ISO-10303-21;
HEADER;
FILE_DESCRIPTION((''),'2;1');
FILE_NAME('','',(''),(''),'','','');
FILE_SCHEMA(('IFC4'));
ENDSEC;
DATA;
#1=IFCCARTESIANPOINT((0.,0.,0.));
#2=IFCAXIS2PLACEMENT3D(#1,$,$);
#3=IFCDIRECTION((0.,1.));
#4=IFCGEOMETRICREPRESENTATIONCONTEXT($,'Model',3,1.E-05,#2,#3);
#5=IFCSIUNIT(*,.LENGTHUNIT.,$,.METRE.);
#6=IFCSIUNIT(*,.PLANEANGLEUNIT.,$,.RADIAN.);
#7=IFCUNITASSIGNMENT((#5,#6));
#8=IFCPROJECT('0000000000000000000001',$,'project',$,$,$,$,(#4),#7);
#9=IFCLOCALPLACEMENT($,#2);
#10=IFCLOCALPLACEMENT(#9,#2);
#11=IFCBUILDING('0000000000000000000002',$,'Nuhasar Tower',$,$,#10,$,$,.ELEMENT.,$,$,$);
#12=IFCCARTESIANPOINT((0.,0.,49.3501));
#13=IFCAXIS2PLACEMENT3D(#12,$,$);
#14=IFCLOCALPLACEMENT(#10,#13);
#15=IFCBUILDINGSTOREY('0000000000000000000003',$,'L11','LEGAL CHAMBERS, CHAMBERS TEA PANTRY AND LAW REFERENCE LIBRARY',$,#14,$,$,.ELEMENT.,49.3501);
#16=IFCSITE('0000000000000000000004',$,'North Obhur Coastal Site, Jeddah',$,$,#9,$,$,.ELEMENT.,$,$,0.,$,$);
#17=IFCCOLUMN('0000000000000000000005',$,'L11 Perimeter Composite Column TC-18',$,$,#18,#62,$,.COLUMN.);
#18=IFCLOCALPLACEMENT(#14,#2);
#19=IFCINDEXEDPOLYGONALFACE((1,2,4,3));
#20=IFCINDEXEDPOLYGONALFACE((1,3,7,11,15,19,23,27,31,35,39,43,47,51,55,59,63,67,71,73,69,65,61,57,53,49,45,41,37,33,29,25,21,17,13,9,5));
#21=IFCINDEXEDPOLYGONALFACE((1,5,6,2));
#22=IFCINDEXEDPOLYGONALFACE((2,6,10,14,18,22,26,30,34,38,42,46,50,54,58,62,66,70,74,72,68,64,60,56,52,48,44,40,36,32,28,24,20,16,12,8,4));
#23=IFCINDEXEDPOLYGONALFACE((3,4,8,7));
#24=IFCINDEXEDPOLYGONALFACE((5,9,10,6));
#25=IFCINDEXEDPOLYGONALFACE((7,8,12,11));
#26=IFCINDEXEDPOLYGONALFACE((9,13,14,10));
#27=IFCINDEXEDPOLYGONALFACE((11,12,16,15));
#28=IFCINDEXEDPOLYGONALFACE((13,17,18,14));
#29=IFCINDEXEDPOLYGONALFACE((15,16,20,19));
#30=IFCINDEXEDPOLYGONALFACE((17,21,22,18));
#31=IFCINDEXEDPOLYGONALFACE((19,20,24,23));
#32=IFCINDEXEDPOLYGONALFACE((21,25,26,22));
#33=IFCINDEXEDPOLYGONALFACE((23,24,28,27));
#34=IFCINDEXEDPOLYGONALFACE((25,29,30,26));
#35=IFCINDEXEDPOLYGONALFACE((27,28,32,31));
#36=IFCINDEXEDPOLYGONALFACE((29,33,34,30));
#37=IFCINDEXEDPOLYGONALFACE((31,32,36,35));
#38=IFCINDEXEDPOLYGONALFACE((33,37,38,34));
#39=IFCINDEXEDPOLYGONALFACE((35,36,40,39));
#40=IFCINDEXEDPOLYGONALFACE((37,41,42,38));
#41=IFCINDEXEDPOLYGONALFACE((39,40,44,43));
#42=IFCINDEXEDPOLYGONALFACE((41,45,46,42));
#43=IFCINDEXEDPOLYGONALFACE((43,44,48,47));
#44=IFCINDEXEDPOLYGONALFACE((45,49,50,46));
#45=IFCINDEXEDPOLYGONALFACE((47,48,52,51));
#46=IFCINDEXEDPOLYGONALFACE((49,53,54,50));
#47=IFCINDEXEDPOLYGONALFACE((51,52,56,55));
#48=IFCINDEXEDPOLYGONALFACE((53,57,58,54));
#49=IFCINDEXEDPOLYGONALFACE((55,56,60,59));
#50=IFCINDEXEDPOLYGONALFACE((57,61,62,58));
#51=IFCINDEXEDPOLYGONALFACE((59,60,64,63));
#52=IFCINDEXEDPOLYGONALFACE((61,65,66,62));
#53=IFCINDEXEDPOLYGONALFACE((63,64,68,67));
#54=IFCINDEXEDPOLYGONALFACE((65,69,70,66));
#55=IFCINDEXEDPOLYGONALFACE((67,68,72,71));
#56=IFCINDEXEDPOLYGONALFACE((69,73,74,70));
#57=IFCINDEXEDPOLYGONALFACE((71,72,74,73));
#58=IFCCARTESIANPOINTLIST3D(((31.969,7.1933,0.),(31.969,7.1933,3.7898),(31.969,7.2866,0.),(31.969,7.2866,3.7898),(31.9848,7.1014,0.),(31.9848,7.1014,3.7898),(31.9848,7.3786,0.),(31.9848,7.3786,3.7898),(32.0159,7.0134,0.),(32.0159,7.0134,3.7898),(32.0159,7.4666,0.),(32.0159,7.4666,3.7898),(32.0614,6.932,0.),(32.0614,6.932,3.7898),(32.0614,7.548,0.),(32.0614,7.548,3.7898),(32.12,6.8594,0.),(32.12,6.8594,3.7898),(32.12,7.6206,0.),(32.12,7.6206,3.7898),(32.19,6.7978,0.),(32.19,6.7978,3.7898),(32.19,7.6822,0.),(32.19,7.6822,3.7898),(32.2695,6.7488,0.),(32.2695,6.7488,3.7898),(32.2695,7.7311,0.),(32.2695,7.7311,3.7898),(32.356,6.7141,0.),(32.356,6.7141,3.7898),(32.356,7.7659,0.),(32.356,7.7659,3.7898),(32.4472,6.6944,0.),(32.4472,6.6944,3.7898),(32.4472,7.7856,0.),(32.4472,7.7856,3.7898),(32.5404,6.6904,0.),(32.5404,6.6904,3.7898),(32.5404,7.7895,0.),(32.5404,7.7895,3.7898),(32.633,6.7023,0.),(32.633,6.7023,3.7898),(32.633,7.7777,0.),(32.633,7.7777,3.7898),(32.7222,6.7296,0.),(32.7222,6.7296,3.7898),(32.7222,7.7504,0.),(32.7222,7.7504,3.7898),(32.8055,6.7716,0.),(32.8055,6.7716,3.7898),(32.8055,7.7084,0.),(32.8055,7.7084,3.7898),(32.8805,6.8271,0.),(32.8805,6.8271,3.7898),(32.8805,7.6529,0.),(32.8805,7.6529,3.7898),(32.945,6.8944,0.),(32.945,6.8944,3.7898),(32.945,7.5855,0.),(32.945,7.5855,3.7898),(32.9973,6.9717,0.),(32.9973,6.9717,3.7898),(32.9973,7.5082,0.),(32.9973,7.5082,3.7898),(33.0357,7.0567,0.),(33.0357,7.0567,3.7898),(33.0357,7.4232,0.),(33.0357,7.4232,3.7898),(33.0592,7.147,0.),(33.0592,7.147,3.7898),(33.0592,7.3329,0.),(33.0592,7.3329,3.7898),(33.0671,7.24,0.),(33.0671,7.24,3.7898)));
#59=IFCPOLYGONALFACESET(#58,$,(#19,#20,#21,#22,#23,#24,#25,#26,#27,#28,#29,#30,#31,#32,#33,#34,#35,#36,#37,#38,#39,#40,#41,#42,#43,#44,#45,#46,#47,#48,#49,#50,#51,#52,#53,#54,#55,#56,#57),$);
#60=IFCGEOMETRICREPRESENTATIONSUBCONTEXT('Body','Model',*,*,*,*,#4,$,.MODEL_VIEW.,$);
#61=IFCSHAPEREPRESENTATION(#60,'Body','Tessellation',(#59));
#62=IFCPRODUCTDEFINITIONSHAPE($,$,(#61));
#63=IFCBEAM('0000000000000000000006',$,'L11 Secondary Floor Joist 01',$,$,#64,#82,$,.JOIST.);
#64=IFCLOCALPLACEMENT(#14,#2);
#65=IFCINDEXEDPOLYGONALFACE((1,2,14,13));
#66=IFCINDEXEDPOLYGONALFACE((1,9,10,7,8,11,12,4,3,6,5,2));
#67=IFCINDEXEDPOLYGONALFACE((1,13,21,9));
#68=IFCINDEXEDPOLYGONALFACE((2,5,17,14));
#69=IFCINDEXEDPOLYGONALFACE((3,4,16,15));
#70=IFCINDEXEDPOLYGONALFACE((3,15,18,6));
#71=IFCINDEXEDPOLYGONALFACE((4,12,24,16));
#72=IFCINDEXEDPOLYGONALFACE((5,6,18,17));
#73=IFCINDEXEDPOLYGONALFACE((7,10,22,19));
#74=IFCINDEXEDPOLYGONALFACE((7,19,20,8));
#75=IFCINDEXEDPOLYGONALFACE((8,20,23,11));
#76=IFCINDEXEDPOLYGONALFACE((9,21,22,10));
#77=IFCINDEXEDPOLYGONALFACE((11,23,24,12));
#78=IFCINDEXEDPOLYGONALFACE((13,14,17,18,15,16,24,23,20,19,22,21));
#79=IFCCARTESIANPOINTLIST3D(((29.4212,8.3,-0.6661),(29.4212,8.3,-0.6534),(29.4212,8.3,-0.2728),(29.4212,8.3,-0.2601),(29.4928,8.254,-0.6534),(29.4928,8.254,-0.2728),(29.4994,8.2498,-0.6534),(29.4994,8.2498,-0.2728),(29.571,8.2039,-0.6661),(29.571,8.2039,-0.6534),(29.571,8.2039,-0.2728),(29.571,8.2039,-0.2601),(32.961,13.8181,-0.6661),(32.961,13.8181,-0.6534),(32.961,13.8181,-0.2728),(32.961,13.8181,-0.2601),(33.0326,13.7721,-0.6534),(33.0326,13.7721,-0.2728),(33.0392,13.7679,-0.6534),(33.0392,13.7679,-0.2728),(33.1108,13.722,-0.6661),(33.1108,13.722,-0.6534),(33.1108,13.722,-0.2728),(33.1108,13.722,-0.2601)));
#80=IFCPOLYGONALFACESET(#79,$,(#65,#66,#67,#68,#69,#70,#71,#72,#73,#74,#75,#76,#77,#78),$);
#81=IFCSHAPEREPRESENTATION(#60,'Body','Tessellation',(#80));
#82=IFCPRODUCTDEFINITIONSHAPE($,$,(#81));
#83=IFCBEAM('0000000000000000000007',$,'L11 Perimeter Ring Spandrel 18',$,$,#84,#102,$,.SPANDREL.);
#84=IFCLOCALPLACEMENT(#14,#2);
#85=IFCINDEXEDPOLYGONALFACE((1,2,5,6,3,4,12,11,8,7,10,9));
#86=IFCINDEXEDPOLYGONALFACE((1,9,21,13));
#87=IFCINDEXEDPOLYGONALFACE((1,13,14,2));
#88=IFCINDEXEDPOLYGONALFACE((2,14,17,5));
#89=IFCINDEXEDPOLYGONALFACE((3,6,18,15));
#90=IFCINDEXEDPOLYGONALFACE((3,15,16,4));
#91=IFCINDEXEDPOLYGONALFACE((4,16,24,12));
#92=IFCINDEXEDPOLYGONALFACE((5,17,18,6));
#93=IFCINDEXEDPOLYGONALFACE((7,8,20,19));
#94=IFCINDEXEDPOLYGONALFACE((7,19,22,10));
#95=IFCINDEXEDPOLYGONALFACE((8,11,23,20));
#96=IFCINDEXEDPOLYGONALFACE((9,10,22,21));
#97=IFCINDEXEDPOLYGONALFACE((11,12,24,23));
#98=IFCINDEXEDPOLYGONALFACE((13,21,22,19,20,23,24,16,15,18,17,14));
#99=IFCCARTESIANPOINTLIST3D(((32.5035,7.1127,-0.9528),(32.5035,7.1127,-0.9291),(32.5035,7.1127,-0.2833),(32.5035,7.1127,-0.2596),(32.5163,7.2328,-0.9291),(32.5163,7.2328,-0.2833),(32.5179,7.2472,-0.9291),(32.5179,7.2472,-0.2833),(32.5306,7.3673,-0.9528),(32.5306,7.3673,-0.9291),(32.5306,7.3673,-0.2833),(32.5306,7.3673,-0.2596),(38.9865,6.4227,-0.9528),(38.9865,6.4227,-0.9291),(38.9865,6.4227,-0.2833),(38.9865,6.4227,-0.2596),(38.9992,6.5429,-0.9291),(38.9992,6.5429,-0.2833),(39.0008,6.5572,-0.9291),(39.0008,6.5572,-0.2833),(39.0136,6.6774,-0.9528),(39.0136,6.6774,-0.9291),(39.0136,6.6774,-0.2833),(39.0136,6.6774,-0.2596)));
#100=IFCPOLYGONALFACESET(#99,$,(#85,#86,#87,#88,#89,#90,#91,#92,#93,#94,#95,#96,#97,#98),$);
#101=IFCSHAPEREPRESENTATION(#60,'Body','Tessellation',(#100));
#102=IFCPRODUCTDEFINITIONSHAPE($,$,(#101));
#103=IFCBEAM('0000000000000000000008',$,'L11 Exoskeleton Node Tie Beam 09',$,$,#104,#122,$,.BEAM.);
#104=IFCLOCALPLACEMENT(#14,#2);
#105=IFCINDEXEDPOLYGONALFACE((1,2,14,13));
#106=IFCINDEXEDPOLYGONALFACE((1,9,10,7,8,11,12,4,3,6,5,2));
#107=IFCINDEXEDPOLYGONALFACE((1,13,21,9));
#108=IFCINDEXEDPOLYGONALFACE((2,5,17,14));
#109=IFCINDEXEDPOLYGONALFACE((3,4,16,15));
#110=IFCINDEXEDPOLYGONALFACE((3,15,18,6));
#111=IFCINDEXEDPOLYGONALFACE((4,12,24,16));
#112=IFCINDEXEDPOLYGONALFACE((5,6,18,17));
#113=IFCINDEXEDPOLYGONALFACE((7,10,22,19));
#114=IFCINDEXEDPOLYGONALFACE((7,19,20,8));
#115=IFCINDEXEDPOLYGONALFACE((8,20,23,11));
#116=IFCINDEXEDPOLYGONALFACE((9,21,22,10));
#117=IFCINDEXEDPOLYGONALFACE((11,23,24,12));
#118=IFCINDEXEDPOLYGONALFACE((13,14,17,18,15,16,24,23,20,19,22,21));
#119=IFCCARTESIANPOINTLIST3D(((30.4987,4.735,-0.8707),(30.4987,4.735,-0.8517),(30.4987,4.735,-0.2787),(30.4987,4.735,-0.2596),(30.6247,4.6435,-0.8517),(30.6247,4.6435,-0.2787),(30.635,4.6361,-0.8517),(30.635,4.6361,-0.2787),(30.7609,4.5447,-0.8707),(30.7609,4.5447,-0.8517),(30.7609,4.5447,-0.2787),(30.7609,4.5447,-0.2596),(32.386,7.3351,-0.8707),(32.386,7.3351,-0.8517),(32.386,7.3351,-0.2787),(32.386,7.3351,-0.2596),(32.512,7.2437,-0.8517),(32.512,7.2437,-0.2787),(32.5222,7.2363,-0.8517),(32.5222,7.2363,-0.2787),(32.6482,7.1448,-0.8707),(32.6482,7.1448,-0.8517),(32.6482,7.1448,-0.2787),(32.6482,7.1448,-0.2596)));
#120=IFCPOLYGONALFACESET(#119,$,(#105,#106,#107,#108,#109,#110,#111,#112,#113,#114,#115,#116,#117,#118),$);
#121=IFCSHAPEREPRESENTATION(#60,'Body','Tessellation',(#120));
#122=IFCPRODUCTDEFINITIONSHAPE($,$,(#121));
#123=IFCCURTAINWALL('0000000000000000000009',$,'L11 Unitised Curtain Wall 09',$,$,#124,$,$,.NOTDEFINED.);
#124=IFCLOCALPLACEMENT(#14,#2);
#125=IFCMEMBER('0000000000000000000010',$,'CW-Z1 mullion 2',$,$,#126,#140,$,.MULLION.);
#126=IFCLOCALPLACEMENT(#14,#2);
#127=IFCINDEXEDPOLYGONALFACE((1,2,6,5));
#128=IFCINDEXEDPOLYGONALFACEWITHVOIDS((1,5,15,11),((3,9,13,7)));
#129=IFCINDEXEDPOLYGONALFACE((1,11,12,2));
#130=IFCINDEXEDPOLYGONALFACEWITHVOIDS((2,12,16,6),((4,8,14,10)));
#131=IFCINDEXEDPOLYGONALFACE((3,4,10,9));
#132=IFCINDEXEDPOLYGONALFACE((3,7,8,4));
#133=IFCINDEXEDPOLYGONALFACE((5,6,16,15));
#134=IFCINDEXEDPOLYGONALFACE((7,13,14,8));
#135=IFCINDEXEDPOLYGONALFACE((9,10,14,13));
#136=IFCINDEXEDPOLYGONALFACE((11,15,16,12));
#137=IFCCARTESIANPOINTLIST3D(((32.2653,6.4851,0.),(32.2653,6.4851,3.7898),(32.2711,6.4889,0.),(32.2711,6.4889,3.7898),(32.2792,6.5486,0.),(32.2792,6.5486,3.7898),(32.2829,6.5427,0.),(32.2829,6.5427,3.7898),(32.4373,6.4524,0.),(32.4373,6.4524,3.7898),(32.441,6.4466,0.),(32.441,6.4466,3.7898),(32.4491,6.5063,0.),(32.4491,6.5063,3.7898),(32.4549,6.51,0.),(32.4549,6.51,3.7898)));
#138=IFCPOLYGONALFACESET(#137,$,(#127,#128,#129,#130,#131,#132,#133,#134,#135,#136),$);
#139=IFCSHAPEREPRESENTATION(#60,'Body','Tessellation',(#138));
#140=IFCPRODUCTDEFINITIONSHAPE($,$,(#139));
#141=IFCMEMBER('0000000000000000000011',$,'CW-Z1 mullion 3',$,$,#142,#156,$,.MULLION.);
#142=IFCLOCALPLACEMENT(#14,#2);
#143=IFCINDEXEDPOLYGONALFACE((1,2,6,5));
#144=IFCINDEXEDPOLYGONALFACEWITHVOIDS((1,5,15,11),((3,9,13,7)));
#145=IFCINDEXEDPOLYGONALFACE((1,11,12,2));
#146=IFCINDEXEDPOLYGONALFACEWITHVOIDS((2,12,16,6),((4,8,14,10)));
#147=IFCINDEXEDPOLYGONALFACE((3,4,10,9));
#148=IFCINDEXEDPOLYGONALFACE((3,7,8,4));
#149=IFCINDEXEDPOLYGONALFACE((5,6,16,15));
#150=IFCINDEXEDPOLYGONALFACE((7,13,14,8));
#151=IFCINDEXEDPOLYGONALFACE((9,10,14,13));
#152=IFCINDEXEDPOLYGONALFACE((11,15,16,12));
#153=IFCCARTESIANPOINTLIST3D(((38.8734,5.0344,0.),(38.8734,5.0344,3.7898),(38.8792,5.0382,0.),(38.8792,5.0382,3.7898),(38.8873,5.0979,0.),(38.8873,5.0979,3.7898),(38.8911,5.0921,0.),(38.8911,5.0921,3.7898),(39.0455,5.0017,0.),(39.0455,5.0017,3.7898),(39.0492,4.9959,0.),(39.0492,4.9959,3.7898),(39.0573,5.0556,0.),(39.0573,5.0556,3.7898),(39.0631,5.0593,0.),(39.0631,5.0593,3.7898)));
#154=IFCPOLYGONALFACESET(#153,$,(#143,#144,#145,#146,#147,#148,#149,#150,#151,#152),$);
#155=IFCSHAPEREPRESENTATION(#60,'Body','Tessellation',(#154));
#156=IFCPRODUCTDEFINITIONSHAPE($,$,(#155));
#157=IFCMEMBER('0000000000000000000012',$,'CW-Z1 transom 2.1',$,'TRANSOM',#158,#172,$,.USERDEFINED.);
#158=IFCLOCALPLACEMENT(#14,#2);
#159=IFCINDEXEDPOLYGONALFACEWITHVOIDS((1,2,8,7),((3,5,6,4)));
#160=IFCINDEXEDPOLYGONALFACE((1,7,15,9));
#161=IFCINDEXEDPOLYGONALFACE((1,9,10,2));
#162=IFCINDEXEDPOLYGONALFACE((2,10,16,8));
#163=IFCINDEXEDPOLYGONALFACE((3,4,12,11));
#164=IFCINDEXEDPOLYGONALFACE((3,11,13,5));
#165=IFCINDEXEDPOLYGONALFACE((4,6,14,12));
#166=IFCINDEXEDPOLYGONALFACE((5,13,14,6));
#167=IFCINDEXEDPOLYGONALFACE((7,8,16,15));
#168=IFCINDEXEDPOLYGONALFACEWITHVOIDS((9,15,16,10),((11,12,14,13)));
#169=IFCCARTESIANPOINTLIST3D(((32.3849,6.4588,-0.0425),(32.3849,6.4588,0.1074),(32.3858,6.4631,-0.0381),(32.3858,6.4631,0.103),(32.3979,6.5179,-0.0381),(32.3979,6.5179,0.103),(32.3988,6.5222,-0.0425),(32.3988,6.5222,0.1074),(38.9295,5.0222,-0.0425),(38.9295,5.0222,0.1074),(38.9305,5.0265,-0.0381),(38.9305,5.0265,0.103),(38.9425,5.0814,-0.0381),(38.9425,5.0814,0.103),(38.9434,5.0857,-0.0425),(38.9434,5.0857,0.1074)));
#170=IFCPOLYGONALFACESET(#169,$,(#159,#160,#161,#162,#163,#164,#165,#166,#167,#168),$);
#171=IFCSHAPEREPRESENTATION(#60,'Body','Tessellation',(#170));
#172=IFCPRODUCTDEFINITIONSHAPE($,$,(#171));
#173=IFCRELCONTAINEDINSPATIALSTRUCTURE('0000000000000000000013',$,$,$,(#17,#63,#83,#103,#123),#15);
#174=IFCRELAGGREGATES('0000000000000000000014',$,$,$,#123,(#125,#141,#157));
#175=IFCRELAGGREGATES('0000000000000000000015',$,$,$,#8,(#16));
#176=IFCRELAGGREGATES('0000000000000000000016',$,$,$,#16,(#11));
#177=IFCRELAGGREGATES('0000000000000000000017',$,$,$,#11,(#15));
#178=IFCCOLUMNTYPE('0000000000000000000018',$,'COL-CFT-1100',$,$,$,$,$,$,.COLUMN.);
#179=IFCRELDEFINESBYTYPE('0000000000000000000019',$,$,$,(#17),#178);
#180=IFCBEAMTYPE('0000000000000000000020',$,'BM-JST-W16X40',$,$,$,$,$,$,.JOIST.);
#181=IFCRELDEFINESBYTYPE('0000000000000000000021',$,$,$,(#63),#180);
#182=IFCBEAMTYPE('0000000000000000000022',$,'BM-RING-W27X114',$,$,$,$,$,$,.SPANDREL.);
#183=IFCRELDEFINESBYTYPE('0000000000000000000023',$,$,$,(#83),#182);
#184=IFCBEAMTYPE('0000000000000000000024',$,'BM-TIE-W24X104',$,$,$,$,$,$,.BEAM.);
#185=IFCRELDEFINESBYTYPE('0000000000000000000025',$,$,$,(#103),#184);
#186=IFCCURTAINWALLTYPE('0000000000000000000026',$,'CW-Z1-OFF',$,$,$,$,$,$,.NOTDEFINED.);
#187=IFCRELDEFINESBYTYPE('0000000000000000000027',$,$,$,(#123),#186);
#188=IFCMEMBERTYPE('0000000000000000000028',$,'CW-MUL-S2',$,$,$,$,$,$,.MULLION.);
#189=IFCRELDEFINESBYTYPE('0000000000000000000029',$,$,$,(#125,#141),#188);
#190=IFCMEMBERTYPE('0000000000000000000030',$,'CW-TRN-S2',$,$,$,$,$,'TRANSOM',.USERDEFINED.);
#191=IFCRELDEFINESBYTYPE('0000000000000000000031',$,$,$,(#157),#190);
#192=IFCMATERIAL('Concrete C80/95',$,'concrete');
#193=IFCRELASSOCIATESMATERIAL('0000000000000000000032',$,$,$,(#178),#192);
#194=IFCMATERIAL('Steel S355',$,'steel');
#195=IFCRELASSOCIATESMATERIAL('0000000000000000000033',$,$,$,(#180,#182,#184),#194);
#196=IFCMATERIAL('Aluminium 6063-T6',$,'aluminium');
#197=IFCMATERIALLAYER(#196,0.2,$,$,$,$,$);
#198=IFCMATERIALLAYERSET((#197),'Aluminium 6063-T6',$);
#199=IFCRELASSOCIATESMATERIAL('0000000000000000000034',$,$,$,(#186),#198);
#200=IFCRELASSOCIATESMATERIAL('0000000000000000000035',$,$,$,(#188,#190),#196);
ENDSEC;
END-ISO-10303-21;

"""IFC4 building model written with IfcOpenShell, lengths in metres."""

from ifc_helpers import new_model, si_unit, direction, frame, origin, origin_2d, place, context, subcontext, project, spatial, hollow_rectangle, circle, i_section, extrude, material, layer, layer_set, material_profile, profile_set, type_object, element, aggregate, save


model = new_model("IFC4")

# Units and contexts
model_context = context("Model", 3, precision=1e-05, world=origin(), true_north=direction((0.0, 1.0)))
body_context = subcontext(model_context, "Body", "Model", "MODEL_VIEW")
ifc_project = project(units=[si_unit("LENGTHUNIT", "METRE"), si_unit("PLANEANGLEUNIT", "RADIAN")], contexts=[model_context])

# Site, building, storey
site_placement = place(None, origin())
site = spatial("IfcSite", under=ifc_project, at=site_placement, Name="North Obhur Coastal Site, Jeddah", CompositionType="ELEMENT", RefElevation=0.0)
building_placement = place(site_placement, origin())
building = spatial("IfcBuilding", under=site, at=building_placement, Name="Nuhasar Tower", CompositionType="ELEMENT")
storey_placement = place(building_placement, frame((0.0, 0.0, 49.3501)))
storey = spatial("IfcBuildingStorey", under=building, at=storey_placement, Name="L11", Description="LEGAL CHAMBERS, CHAMBERS TEA PANTRY AND LAW REFERENCE LIBRARY", CompositionType="ELEMENT", Elevation=49.3501)

# Column
ifc_material_1 = material(Name="Concrete C80/95", Category="concrete")
ifc_material_profile_1 = material_profile(ifc_material_1, circle(Radius=0.55, at=origin_2d()), Name="CFT1100")
ifc_profile_set_1 = profile_set([ifc_material_profile_1], Name="Concrete C80/95")
column_type = type_object("IfcColumnType", Name="COL-CFT-1100", PredefinedType="COLUMN", material=ifc_profile_set_1)
column_placement = place(storey_placement, frame((32.5171, 7.24, 0.0), z_axis=(0.0, 0.0, 1.0), x_axis=(1.0, 0.0, 0.0)))
element("IfcColumn", 1, at=column_placement, inside=storey, type_object=column_type, Name="L11 Perimeter Composite Column TC-18", PredefinedType="COLUMN", context=body_context, shape_type="SweptSolid", body=[
    extrude(circle(Radius=0.55, at=origin_2d()), origin(), (0.0, 0.0, 1.0), 3.7898),
])

# Beams
ifc_material_2 = material(Name="Steel S355", Category="steel")
ifc_material_profile_2 = material_profile(ifc_material_2, i_section(OverallWidth=0.178, OverallDepth=0.406, WebThickness=0.0078, FlangeThickness=0.0127, at=origin_2d()), Name="W16X40")
ifc_profile_set_2 = profile_set([ifc_material_profile_2], Name="Steel S355")
beam_type_1 = type_object("IfcBeamType", Name="BM-JST-W16X40", PredefinedType="JOIST", material=ifc_profile_set_2)
beam_1_placement = place(storey_placement, frame((33.0359, 13.77, -0.4631), z_axis=(-0.539944, -0.841701, 0.0), x_axis=(0.841701, -0.539944, 0.0)))
element("IfcBeam", 2, at=beam_1_placement, inside=storey, type_object=beam_type_1, Name="L11 Secondary Floor Joist 01", PredefinedType="JOIST", context=body_context, shape_type="SweptSolid", body=[
    extrude(i_section(OverallWidth=0.178, OverallDepth=0.406, WebThickness=0.0078, FlangeThickness=0.0127, at=origin_2d()), origin(), (0.0, 0.0, 1.0), 6.5559),
])
ifc_material_profile_3 = material_profile(ifc_material_2, i_section(OverallWidth=0.2561, OverallDepth=0.6931, WebThickness=0.0144, FlangeThickness=0.0237, at=origin_2d()), Name="W27X114")
ifc_profile_set_3 = profile_set([ifc_material_profile_3], Name="Steel S355")
beam_type_2 = type_object("IfcBeamType", Name="BM-RING-W27X114", PredefinedType="SPANDREL", material=ifc_profile_set_3)
beam_2_placement = place(storey_placement, frame((32.5171, 7.24, -0.6062), z_axis=(0.994385, -0.105827, 0.0), x_axis=(0.105827, 0.994385, 0.0)))
element("IfcBeam", 3, at=beam_2_placement, inside=storey, type_object=beam_type_2, Name="L11 Perimeter Ring Spandrel 18", PredefinedType="SPANDREL", context=body_context, shape_type="SweptSolid", body=[
    extrude(i_section(OverallWidth=0.2561, OverallDepth=0.6931, WebThickness=0.0144, FlangeThickness=0.0237, at=origin_2d()), origin(), (0.0, 0.0, 1.0), 6.5195),
])
ifc_material_profile_4 = material_profile(ifc_material_2, i_section(OverallWidth=0.324, OverallDepth=0.6111, WebThickness=0.0127, FlangeThickness=0.019, at=origin_2d()), Name="W24X104")
ifc_profile_set_4 = profile_set([ifc_material_profile_4], Name="Steel S355")
beam_type_3 = type_object("IfcBeamType", Name="BM-TIE-W24X104", PredefinedType="BEAM", material=ifc_profile_set_4)
beam_3_placement = place(storey_placement, frame((32.5171, 7.24, -0.5652), z_axis=(-0.587403, -0.809294, 0.0), x_axis=(0.809294, -0.587403, 0.0)))
element("IfcBeam", 4, at=beam_3_placement, inside=storey, type_object=beam_type_3, Name="L11 Exoskeleton Node Tie Beam 09", PredefinedType="BEAM", context=body_context, shape_type="SweptSolid", body=[
    extrude(i_section(OverallWidth=0.324, OverallDepth=0.6111, WebThickness=0.0127, FlangeThickness=0.019, at=origin_2d()), origin(), (0.0, 0.0, 1.0), 3.2129),
])

# Curtain wall, members
ifc_material_3 = material(Name="Aluminium 6063-T6", Category="aluminium")
ifc_layer_1 = layer(ifc_material_3, 0.2)
ifc_layer_set_1 = layer_set([ifc_layer_1], Name="Aluminium 6063-T6")
curtain_wall_type = type_object("IfcCurtainWallType", Name="CW-Z1-OFF", PredefinedType="NOTDEFINED", material=ifc_layer_set_1)
curtain_wall_placement = place(storey_placement, origin())
curtain_wall = element("IfcCurtainWall", 5, at=curtain_wall_placement, inside=storey, type_object=curtain_wall_type, Name="L11 Unitised Curtain Wall 09", PredefinedType="NOTDEFINED")
ifc_material_profile_5 = material_profile(ifc_material_3, hollow_rectangle(XDim=0.0649, YDim=0.1799, WallThickness=0.0049, at=origin_2d()), Name="CWM-2")
ifc_profile_set_5 = profile_set([ifc_material_profile_5], Name="Aluminium 6063-T6")
member_type_1 = type_object("IfcMemberType", Name="CW-MUL-S2", PredefinedType="MULLION", material=ifc_profile_set_5)
member_1_placement = place(storey_placement, frame((32.3601, 6.4976, 0.0), z_axis=(0.0, 0.0, 1.0), x_axis=(0.214399, 0.976746, 0.0)))
member_1 = element("IfcMember", 6, at=member_1_placement, type_object=member_type_1, Name="CW-Z1 mullion 2", PredefinedType="MULLION", context=body_context, shape_type="SweptSolid", body=[
    extrude(hollow_rectangle(XDim=0.0649, YDim=0.1799, WallThickness=0.0049, at=origin_2d()), origin(), (0.0, 0.0, 1.0), 3.7898),
])
member_2_placement = place(storey_placement, frame((38.9683, 5.0469, 0.0), z_axis=(0.0, 0.0, 1.0), x_axis=(0.214399, 0.976746, 0.0)))
member_2 = element("IfcMember", 7, at=member_2_placement, type_object=member_type_1, Name="CW-Z1 mullion 3", PredefinedType="MULLION", context=body_context, shape_type="SweptSolid", body=[
    extrude(hollow_rectangle(XDim=0.0649, YDim=0.1799, WallThickness=0.0049, at=origin_2d()), origin(), (0.0, 0.0, 1.0), 3.7898),
])
ifc_material_profile_6 = material_profile(ifc_material_3, hollow_rectangle(XDim=0.0649, YDim=0.1499, WallThickness=0.0044, at=origin_2d()), Name="CWT-2")
ifc_profile_set_6 = profile_set([ifc_material_profile_6], Name="Aluminium 6063-T6")
member_type_2 = type_object("IfcMemberType", Name="CW-TRN-S2", ElementType="TRANSOM", PredefinedType="USERDEFINED", material=ifc_profile_set_6)
member_3_placement = place(storey_placement, frame((32.3918, 6.4905, 0.0325), z_axis=(0.976748, -0.214391, 0.0), x_axis=(0.214391, 0.976748, 0.0)))
member_3 = element("IfcMember", 8, at=member_3_placement, type_object=member_type_2, Name="CW-Z1 transom 2.1", ObjectType="TRANSOM", PredefinedType="USERDEFINED", context=body_context, shape_type="SweptSolid", body=[
    extrude(hollow_rectangle(XDim=0.0649, YDim=0.1499, WallThickness=0.0044, at=origin_2d()), origin(), (0.0, 0.0, 1.0), 6.7004),
])

aggregate(curtain_wall, [member_1, member_2, member_3])

save(model, "model.ifc")
